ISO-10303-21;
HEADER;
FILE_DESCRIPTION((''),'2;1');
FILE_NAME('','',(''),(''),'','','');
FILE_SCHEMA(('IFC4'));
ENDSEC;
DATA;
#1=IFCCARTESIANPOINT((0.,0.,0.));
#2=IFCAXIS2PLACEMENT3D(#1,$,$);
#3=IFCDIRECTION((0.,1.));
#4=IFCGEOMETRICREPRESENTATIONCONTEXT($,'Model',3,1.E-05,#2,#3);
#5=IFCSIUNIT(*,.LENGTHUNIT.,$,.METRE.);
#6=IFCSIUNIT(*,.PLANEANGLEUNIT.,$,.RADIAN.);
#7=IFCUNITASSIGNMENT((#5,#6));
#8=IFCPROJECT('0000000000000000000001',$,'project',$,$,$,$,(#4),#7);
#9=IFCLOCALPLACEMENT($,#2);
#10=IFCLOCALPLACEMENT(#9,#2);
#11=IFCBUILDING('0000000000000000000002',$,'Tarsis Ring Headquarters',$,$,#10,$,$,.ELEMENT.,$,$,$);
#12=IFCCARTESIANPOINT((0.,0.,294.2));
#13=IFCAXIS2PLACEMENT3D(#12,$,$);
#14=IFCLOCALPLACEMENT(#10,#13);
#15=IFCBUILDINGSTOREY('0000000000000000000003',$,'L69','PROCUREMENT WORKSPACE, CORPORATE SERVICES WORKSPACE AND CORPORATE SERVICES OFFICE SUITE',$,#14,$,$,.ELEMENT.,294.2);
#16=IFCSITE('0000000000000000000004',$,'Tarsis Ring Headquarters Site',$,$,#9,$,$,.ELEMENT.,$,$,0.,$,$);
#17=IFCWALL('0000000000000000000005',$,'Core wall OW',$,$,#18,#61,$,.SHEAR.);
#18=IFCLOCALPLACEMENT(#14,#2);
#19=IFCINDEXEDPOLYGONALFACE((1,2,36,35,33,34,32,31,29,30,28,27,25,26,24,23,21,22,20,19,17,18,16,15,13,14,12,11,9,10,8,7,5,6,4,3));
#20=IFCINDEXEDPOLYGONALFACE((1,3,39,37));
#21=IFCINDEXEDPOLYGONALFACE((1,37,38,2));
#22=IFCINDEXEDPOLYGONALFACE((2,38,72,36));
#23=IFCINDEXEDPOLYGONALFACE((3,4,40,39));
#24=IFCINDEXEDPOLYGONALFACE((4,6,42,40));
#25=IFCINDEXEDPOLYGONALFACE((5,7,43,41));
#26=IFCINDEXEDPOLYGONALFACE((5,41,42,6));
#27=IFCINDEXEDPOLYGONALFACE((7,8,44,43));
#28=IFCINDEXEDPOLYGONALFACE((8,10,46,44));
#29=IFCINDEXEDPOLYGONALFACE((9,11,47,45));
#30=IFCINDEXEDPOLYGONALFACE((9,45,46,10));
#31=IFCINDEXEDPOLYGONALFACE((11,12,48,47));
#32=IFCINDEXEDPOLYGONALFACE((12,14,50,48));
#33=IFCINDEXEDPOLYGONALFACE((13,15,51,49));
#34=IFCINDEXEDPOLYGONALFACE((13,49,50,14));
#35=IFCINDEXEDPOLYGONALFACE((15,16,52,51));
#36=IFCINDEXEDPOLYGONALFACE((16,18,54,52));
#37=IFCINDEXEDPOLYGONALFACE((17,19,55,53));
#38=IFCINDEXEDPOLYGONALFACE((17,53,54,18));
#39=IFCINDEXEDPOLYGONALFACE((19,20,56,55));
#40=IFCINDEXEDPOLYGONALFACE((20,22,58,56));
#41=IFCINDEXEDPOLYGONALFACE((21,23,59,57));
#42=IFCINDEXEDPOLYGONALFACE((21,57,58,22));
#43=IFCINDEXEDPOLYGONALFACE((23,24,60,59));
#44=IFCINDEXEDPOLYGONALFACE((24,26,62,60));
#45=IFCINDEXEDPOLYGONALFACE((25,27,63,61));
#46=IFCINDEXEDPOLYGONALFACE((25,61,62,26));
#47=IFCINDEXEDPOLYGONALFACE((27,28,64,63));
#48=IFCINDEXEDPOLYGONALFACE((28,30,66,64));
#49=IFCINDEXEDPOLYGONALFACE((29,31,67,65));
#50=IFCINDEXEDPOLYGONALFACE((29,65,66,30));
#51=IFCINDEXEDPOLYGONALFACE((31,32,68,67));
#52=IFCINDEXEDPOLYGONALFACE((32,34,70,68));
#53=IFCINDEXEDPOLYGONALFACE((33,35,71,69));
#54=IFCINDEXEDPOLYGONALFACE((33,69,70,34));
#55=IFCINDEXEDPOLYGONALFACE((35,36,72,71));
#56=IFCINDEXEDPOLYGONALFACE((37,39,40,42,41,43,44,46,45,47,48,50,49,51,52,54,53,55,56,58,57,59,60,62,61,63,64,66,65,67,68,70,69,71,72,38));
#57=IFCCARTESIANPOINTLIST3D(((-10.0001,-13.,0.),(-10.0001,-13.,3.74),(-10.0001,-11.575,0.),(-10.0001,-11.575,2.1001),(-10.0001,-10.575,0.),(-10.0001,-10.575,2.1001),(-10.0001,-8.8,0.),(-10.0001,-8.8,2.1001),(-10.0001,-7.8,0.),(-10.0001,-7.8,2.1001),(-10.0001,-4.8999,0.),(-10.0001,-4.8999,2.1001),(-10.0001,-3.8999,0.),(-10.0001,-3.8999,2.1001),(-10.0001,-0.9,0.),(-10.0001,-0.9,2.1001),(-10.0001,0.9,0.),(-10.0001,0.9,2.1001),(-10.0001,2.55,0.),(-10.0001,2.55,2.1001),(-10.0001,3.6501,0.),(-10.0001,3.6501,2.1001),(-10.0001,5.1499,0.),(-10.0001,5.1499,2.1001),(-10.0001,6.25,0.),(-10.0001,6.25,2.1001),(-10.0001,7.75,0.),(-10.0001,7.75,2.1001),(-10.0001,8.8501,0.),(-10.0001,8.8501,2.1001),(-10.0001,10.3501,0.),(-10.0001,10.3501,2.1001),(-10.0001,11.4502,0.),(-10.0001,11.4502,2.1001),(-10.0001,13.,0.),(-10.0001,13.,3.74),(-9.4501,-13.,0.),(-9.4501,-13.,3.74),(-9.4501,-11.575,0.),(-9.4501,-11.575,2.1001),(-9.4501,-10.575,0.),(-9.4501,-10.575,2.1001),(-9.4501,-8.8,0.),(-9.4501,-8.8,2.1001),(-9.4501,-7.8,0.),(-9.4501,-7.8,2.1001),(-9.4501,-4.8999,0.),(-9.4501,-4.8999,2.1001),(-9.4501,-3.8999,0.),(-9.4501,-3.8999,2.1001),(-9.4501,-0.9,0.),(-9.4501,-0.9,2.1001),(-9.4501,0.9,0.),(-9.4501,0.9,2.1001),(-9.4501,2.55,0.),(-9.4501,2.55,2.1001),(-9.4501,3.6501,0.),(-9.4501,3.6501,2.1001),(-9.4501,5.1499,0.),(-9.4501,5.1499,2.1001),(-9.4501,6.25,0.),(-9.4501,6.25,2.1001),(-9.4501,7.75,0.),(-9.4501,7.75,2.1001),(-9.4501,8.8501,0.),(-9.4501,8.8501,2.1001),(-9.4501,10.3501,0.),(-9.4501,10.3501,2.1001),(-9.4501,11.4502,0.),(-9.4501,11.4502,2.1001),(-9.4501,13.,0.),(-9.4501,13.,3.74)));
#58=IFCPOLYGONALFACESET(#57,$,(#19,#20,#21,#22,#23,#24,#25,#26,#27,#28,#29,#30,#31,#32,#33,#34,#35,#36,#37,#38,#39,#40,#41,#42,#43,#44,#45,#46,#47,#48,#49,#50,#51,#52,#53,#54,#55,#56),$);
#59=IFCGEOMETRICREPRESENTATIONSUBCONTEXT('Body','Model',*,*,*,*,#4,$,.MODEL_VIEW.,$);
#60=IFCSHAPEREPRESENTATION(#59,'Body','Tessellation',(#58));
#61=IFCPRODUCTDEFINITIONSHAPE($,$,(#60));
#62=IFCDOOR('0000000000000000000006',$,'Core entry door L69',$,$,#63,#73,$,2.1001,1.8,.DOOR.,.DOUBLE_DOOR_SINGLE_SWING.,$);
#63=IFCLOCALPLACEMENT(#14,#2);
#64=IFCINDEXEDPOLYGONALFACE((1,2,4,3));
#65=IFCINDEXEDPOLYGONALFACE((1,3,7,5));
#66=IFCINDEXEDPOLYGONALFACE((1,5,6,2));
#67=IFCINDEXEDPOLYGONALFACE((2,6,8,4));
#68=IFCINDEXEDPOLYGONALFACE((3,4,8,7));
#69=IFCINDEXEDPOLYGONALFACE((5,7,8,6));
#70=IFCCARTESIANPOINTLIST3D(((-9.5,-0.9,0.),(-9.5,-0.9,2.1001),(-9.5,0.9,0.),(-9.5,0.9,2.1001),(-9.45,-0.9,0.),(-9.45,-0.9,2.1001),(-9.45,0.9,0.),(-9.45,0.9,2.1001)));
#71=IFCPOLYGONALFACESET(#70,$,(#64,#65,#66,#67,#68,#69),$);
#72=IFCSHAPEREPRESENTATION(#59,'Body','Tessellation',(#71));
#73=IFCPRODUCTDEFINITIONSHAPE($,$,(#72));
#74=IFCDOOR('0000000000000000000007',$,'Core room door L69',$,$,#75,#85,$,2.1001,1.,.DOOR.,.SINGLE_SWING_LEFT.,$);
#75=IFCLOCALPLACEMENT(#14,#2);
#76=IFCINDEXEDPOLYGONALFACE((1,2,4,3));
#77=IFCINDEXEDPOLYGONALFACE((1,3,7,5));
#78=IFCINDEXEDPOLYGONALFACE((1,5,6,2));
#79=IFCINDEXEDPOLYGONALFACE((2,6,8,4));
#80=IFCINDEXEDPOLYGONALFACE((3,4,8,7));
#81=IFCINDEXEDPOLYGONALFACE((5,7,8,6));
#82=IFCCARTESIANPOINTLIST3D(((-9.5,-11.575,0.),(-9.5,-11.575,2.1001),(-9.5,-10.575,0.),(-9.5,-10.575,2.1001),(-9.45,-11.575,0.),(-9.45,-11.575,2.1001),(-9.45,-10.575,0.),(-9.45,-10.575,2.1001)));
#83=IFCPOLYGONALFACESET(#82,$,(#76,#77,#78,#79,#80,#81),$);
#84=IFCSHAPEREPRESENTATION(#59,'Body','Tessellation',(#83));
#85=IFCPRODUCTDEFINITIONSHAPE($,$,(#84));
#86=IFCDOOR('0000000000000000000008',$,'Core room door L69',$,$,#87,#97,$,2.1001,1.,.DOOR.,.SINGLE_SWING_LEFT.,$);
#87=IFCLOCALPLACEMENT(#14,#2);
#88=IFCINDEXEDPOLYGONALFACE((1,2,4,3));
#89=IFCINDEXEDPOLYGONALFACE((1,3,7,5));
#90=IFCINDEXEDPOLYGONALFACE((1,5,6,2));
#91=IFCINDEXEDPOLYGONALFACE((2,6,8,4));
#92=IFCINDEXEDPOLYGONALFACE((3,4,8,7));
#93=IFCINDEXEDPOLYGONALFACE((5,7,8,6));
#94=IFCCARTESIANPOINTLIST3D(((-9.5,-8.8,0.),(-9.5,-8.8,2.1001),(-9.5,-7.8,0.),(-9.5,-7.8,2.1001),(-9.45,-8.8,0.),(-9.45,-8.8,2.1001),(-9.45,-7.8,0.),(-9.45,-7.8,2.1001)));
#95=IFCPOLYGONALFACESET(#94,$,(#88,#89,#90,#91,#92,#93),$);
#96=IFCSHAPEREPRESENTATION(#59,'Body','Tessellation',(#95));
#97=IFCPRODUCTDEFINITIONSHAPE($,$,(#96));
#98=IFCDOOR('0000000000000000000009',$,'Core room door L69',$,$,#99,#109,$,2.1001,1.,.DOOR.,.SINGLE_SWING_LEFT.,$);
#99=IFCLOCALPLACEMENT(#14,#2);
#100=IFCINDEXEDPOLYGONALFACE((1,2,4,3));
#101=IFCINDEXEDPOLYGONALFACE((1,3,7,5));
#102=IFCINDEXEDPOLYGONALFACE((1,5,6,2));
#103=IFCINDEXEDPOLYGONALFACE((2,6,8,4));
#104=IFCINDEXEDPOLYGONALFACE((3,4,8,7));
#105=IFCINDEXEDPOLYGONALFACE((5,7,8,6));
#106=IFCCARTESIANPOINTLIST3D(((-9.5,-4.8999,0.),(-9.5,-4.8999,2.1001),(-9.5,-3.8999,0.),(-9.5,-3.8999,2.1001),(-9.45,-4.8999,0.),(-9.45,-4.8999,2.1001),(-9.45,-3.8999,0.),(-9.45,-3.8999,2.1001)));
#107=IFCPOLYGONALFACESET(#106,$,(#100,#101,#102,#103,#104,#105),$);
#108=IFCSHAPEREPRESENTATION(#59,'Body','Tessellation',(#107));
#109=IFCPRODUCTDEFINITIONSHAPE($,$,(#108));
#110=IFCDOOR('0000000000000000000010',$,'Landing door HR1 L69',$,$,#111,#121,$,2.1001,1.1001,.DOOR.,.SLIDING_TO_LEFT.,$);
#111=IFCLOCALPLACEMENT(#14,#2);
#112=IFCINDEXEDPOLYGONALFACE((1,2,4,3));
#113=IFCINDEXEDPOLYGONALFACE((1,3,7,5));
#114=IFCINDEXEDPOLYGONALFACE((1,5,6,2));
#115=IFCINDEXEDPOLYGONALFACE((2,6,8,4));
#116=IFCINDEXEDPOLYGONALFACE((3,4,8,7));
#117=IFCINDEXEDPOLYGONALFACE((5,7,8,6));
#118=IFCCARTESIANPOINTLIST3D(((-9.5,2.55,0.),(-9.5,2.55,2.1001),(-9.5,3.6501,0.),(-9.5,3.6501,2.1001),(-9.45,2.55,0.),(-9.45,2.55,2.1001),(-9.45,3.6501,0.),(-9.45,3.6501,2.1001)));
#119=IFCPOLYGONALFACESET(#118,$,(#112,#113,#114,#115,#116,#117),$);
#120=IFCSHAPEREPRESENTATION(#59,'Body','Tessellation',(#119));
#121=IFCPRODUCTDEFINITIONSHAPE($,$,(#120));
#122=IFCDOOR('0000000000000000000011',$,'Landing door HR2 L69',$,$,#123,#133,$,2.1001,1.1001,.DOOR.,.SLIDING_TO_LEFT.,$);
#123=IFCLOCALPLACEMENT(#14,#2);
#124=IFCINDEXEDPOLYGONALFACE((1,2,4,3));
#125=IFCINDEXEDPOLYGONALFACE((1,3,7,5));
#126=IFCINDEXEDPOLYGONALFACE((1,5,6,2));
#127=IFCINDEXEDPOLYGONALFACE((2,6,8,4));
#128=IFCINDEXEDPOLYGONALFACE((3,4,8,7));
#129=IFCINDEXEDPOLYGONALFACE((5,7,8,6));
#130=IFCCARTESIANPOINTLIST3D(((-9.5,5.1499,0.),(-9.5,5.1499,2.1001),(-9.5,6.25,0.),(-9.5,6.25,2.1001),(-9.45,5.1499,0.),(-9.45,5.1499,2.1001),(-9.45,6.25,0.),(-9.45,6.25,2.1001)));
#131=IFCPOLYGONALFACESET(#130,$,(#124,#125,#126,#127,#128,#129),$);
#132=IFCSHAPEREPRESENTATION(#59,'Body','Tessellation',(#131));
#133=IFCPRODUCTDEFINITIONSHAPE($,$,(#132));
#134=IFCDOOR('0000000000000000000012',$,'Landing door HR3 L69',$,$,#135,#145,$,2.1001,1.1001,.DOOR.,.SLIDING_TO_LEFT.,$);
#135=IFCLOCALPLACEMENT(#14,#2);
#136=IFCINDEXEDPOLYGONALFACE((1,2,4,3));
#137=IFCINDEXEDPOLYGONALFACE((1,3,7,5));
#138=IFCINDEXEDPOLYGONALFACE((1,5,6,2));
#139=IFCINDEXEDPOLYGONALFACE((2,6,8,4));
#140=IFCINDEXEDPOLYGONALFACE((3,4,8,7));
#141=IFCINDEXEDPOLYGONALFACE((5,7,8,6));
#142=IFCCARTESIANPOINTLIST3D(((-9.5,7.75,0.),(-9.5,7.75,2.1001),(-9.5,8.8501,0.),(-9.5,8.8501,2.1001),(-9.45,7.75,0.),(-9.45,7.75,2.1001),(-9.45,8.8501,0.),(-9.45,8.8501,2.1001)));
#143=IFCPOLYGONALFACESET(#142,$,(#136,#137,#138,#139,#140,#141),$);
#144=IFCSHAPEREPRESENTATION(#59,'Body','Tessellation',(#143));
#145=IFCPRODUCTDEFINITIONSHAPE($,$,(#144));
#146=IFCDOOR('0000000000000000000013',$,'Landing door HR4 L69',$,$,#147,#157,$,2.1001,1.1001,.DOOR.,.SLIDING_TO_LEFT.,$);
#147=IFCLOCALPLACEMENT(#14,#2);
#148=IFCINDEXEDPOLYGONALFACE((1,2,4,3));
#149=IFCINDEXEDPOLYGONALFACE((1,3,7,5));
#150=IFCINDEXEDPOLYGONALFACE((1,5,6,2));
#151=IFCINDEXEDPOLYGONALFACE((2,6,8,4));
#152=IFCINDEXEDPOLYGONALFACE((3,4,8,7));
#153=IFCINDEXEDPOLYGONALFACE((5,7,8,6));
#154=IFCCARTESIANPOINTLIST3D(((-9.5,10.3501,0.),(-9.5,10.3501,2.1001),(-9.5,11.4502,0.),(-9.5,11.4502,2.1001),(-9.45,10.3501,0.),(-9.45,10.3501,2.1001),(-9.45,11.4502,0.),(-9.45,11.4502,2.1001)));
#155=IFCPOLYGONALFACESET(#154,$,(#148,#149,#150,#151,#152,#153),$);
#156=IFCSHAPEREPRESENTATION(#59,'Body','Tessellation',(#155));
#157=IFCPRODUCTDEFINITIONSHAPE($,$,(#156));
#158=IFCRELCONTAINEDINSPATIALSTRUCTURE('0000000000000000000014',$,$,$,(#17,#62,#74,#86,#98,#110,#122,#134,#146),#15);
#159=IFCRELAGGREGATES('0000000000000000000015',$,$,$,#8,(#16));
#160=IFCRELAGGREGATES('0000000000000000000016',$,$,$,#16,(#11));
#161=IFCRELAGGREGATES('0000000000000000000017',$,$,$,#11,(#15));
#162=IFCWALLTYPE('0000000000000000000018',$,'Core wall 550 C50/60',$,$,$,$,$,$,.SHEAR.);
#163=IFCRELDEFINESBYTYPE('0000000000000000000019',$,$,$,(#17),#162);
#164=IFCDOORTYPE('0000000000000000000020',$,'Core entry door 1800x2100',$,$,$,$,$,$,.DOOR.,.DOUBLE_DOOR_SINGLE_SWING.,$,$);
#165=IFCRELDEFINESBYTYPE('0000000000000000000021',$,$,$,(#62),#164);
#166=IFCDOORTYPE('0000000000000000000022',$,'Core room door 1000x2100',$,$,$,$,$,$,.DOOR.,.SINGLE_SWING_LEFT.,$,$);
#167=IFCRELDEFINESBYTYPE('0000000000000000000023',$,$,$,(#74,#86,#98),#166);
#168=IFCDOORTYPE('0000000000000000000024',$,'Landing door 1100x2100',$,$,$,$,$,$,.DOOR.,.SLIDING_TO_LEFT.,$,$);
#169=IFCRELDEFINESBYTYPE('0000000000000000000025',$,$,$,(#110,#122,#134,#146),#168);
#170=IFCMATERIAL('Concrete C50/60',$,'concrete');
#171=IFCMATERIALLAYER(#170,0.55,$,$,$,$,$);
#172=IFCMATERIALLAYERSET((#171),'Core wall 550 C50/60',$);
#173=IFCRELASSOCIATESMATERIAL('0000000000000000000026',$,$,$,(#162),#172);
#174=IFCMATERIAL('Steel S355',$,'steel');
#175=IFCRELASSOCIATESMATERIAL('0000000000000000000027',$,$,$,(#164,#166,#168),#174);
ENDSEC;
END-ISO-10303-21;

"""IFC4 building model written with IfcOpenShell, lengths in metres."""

from ifc_helpers import new_model, si_unit, direction, frame, frame_2d, origin, place, context, subcontext, project, spatial, rectangle, extrude, material, layer, layer_set, type_object, element, fill, save


model = new_model("IFC4")

# Units and contexts
model_context = context("Model", 3, precision=1e-05, world=origin(), true_north=direction((0.0, 1.0)))
body_context = subcontext(model_context, "Body", "Model", "MODEL_VIEW")
ifc_project = project(units=[si_unit("LENGTHUNIT", "METRE"), si_unit("PLANEANGLEUNIT", "RADIAN")], contexts=[model_context])

# Site, building, storey
site_placement = place(None, origin())
site = spatial("IfcSite", under=ifc_project, at=site_placement, Name="Tarsis Ring Headquarters Site", CompositionType="ELEMENT", RefElevation=0.0)
building_placement = place(site_placement, origin())
building = spatial("IfcBuilding", under=site, at=building_placement, Name="Tarsis Ring Headquarters", CompositionType="ELEMENT")
storey_placement = place(building_placement, frame((0.0, 0.0, 294.2)))
storey = spatial("IfcBuildingStorey", under=building, at=storey_placement, Name="L69", Description="PROCUREMENT WORKSPACE, CORPORATE SERVICES WORKSPACE AND CORPORATE SERVICES OFFICE SUITE", CompositionType="ELEMENT", Elevation=294.2)

# Wall, openings, doors
ifc_material_1 = material(Name="Concrete C50/60", Category="concrete")
ifc_layer_1 = layer(ifc_material_1, 0.55)
ifc_layer_set_1 = layer_set([ifc_layer_1], Name="Core wall 550 C50/60")
wall_type_1 = type_object("IfcWallType", Name="Core wall 550 C50/60", PredefinedType="SHEAR", material=ifc_layer_set_1)
wall_1_placement = place(storey_placement, frame((-9.7251, -13.0, 0.0), z_axis=(0.0, 0.0, 1.0), x_axis=(0.0, 1.0, 0.0)))
wall_1 = element("IfcWall", 1, at=wall_1_placement, inside=storey, type_object=wall_type_1, Name="Core wall OW", PredefinedType="SHEAR", context=body_context, shape_type="SweptSolid", body=[
    extrude(rectangle(XDim=26.0, YDim=0.55, at=frame_2d((13.0, 0.0))), origin(), (0.0, 0.0, 1.0), 3.74),
])
opening_1_placement = place(wall_1_placement, frame((1.425, 0.0, 0.0)))
opening_1 = element("IfcOpeningElement", 2, at=opening_1_placement, cuts=wall_1, PredefinedType="OPENING", context=body_context, shape_type="SweptSolid", body=[
    extrude(rectangle(XDim=1.0, YDim=2.1001, at=frame_2d((0.5, 1.05))), frame((0.0, 0.2849, 0.0), z_axis=(0.0, -1.0, 0.0), x_axis=(1.0, 0.0, 0.0)), (0.0, 0.0, 1.0), 0.5701),
])
opening_2_placement = place(wall_1_placement, frame((4.2, 0.0, 0.0)))
opening_2 = element("IfcOpeningElement", 3, at=opening_2_placement, cuts=wall_1, PredefinedType="OPENING", context=body_context, shape_type="SweptSolid", body=[
    extrude(rectangle(XDim=1.0, YDim=2.1001, at=frame_2d((0.5, 1.05))), frame((0.0, 0.2849, 0.0), z_axis=(0.0, -1.0, 0.0), x_axis=(1.0, 0.0, 0.0)), (0.0, 0.0, 1.0), 0.5701),
])
opening_3_placement = place(wall_1_placement, frame((8.1001, 0.0, 0.0)))
opening_3 = element("IfcOpeningElement", 4, at=opening_3_placement, cuts=wall_1, PredefinedType="OPENING", context=body_context, shape_type="SweptSolid", body=[
    extrude(rectangle(XDim=1.0, YDim=2.1001, at=frame_2d((0.5, 1.05))), frame((0.0, 0.2849, 0.0), z_axis=(0.0, -1.0, 0.0), x_axis=(1.0, 0.0, 0.0)), (0.0, 0.0, 1.0), 0.5701),
])
opening_4_placement = place(wall_1_placement, frame((12.1001, 0.0, 0.0)))
opening_4 = element("IfcOpeningElement", 5, at=opening_4_placement, cuts=wall_1, PredefinedType="OPENING", context=body_context, shape_type="SweptSolid", body=[
    extrude(rectangle(XDim=1.8, YDim=2.1001, at=frame_2d((0.8999, 1.05))), frame((0.0, 0.2849, 0.0), z_axis=(0.0, -1.0, 0.0), x_axis=(1.0, 0.0, 0.0)), (0.0, 0.0, 1.0), 0.5701),
])
opening_5_placement = place(wall_1_placement, frame((15.55, 0.0, 0.0)))
opening_5 = element("IfcOpeningElement", 6, at=opening_5_placement, cuts=wall_1, PredefinedType="OPENING", context=body_context, shape_type="SweptSolid", body=[
    extrude(rectangle(XDim=1.1001, YDim=2.1001, at=frame_2d((0.55, 1.05))), frame((0.0, 0.2849, 0.0), z_axis=(0.0, -1.0, 0.0), x_axis=(1.0, 0.0, 0.0)), (0.0, 0.0, 1.0), 0.5701),
])
opening_6_placement = place(wall_1_placement, frame((18.1499, 0.0, 0.0)))
opening_6 = element("IfcOpeningElement", 7, at=opening_6_placement, cuts=wall_1, PredefinedType="OPENING", context=body_context, shape_type="SweptSolid", body=[
    extrude(rectangle(XDim=1.1001, YDim=2.1001, at=frame_2d((0.55, 1.05))), frame((0.0, 0.2849, 0.0), z_axis=(0.0, -1.0, 0.0), x_axis=(1.0, 0.0, 0.0)), (0.0, 0.0, 1.0), 0.5701),
])
opening_7_placement = place(wall_1_placement, frame((20.75, 0.0, 0.0)))
opening_7 = element("IfcOpeningElement", 8, at=opening_7_placement, cuts=wall_1, PredefinedType="OPENING", context=body_context, shape_type="SweptSolid", body=[
    extrude(rectangle(XDim=1.1001, YDim=2.1001, at=frame_2d((0.55, 1.05))), frame((0.0, 0.2849, 0.0), z_axis=(0.0, -1.0, 0.0), x_axis=(1.0, 0.0, 0.0)), (0.0, 0.0, 1.0), 0.5701),
])
opening_8_placement = place(wall_1_placement, frame((23.3501, 0.0, 0.0)))
opening_8 = element("IfcOpeningElement", 9, at=opening_8_placement, cuts=wall_1, PredefinedType="OPENING", context=body_context, shape_type="SweptSolid", body=[
    extrude(rectangle(XDim=1.1001, YDim=2.1001, at=frame_2d((0.55, 1.05))), frame((0.0, 0.2849, 0.0), z_axis=(0.0, -1.0, 0.0), x_axis=(1.0, 0.0, 0.0)), (0.0, 0.0, 1.0), 0.5701),
])
ifc_material_2 = material(Name="Steel S355", Category="steel")
door_type_1 = type_object("IfcDoorType", Name="Core entry door 1800x2100", OperationType="DOUBLE_DOOR_SINGLE_SWING", PredefinedType="DOOR", material=ifc_material_2)
door_1_placement = place(opening_4_placement, origin())
door_1 = element("IfcDoor", 10, at=door_1_placement, inside=storey, type_object=door_type_1, Name="Core entry door L69", OperationType="DOUBLE_DOOR_SINGLE_SWING", OverallHeight=2.1001, OverallWidth=1.8, PredefinedType="DOOR", context=body_context, shape_type="SweptSolid", body=[
    extrude(rectangle(XDim=1.8, YDim=2.1001, at=frame_2d((0.8999, 1.05))), frame((0.0, -0.2251, 0.0), z_axis=(0.0, -1.0, 0.0), x_axis=(1.0, 0.0, 0.0)), (0.0, 0.0, 1.0), 0.05),
])
fill(opening_4, door_1)
door_type_2 = type_object("IfcDoorType", Name="Core room door 1000x2100", OperationType="SINGLE_SWING_LEFT", PredefinedType="DOOR", material=ifc_material_2)
door_2_placement = place(opening_1_placement, origin())
door_2 = element("IfcDoor", 11, at=door_2_placement, inside=storey, type_object=door_type_2, Name="Core room door L69", OperationType="SINGLE_SWING_LEFT", OverallHeight=2.1001, OverallWidth=1.0, PredefinedType="DOOR", context=body_context, shape_type="SweptSolid", body=[
    extrude(rectangle(XDim=1.0, YDim=2.1001, at=frame_2d((0.5, 1.05))), frame((0.0, -0.2251, 0.0), z_axis=(0.0, -1.0, 0.0), x_axis=(1.0, 0.0, 0.0)), (0.0, 0.0, 1.0), 0.05),
])
fill(opening_1, door_2)
door_3_placement = place(opening_2_placement, origin())
door_3 = element("IfcDoor", 12, at=door_3_placement, inside=storey, type_object=door_type_2, Name="Core room door L69", OperationType="SINGLE_SWING_LEFT", OverallHeight=2.1001, OverallWidth=1.0, PredefinedType="DOOR", context=body_context, shape_type="SweptSolid", body=[
    extrude(rectangle(XDim=1.0, YDim=2.1001, at=frame_2d((0.5, 1.05))), frame((0.0, -0.2251, 0.0), z_axis=(0.0, -1.0, 0.0), x_axis=(1.0, 0.0, 0.0)), (0.0, 0.0, 1.0), 0.05),
])
fill(opening_2, door_3)
door_4_placement = place(opening_3_placement, origin())
door_4 = element("IfcDoor", 13, at=door_4_placement, inside=storey, type_object=door_type_2, Name="Core room door L69", OperationType="SINGLE_SWING_LEFT", OverallHeight=2.1001, OverallWidth=1.0, PredefinedType="DOOR", context=body_context, shape_type="SweptSolid", body=[
    extrude(rectangle(XDim=1.0, YDim=2.1001, at=frame_2d((0.5, 1.05))), frame((0.0, -0.2251, 0.0), z_axis=(0.0, -1.0, 0.0), x_axis=(1.0, 0.0, 0.0)), (0.0, 0.0, 1.0), 0.05),
])
fill(opening_3, door_4)
door_type_3 = type_object("IfcDoorType", Name="Landing door 1100x2100", OperationType="SLIDING_TO_LEFT", PredefinedType="DOOR", material=ifc_material_2)
door_5_placement = place(opening_5_placement, origin())
door_5 = element("IfcDoor", 14, at=door_5_placement, inside=storey, type_object=door_type_3, Name="Landing door HR1 L69", OperationType="SLIDING_TO_LEFT", OverallHeight=2.1001, OverallWidth=1.1001, PredefinedType="DOOR", context=body_context, shape_type="SweptSolid", body=[
    extrude(rectangle(XDim=1.1001, YDim=2.1001, at=frame_2d((0.55, 1.05))), frame((0.0, -0.2251, 0.0), z_axis=(0.0, -1.0, 0.0), x_axis=(1.0, 0.0, 0.0)), (0.0, 0.0, 1.0), 0.05),
])
fill(opening_5, door_5)
door_6_placement = place(opening_6_placement, origin())
door_6 = element("IfcDoor", 15, at=door_6_placement, inside=storey, type_object=door_type_3, Name="Landing door HR2 L69", OperationType="SLIDING_TO_LEFT", OverallHeight=2.1001, OverallWidth=1.1001, PredefinedType="DOOR", context=body_context, shape_type="SweptSolid", body=[
    extrude(rectangle(XDim=1.1001, YDim=2.1001, at=frame_2d((0.55, 1.05))), frame((0.0, -0.2251, 0.0), z_axis=(0.0, -1.0, 0.0), x_axis=(1.0, 0.0, 0.0)), (0.0, 0.0, 1.0), 0.05),
])
fill(opening_6, door_6)
door_7_placement = place(opening_7_placement, origin())
door_7 = element("IfcDoor", 16, at=door_7_placement, inside=storey, type_object=door_type_3, Name="Landing door HR3 L69", OperationType="SLIDING_TO_LEFT", OverallHeight=2.1001, OverallWidth=1.1001, PredefinedType="DOOR", context=body_context, shape_type="SweptSolid", body=[
    extrude(rectangle(XDim=1.1001, YDim=2.1001, at=frame_2d((0.55, 1.05))), frame((0.0, -0.2251, 0.0), z_axis=(0.0, -1.0, 0.0), x_axis=(1.0, 0.0, 0.0)), (0.0, 0.0, 1.0), 0.05),
])
fill(opening_7, door_7)
door_8_placement = place(opening_8_placement, origin())
door_8 = element("IfcDoor", 17, at=door_8_placement, inside=storey, type_object=door_type_3, Name="Landing door HR4 L69", OperationType="SLIDING_TO_LEFT", OverallHeight=2.1001, OverallWidth=1.1001, PredefinedType="DOOR", context=body_context, shape_type="SweptSolid", body=[
    extrude(rectangle(XDim=1.1001, YDim=2.1001, at=frame_2d((0.55, 1.05))), frame((0.0, -0.2251, 0.0), z_axis=(0.0, -1.0, 0.0), x_axis=(1.0, 0.0, 0.0)), (0.0, 0.0, 1.0), 0.05),
])
fill(opening_8, door_8)

save(model, "model.ifc")
